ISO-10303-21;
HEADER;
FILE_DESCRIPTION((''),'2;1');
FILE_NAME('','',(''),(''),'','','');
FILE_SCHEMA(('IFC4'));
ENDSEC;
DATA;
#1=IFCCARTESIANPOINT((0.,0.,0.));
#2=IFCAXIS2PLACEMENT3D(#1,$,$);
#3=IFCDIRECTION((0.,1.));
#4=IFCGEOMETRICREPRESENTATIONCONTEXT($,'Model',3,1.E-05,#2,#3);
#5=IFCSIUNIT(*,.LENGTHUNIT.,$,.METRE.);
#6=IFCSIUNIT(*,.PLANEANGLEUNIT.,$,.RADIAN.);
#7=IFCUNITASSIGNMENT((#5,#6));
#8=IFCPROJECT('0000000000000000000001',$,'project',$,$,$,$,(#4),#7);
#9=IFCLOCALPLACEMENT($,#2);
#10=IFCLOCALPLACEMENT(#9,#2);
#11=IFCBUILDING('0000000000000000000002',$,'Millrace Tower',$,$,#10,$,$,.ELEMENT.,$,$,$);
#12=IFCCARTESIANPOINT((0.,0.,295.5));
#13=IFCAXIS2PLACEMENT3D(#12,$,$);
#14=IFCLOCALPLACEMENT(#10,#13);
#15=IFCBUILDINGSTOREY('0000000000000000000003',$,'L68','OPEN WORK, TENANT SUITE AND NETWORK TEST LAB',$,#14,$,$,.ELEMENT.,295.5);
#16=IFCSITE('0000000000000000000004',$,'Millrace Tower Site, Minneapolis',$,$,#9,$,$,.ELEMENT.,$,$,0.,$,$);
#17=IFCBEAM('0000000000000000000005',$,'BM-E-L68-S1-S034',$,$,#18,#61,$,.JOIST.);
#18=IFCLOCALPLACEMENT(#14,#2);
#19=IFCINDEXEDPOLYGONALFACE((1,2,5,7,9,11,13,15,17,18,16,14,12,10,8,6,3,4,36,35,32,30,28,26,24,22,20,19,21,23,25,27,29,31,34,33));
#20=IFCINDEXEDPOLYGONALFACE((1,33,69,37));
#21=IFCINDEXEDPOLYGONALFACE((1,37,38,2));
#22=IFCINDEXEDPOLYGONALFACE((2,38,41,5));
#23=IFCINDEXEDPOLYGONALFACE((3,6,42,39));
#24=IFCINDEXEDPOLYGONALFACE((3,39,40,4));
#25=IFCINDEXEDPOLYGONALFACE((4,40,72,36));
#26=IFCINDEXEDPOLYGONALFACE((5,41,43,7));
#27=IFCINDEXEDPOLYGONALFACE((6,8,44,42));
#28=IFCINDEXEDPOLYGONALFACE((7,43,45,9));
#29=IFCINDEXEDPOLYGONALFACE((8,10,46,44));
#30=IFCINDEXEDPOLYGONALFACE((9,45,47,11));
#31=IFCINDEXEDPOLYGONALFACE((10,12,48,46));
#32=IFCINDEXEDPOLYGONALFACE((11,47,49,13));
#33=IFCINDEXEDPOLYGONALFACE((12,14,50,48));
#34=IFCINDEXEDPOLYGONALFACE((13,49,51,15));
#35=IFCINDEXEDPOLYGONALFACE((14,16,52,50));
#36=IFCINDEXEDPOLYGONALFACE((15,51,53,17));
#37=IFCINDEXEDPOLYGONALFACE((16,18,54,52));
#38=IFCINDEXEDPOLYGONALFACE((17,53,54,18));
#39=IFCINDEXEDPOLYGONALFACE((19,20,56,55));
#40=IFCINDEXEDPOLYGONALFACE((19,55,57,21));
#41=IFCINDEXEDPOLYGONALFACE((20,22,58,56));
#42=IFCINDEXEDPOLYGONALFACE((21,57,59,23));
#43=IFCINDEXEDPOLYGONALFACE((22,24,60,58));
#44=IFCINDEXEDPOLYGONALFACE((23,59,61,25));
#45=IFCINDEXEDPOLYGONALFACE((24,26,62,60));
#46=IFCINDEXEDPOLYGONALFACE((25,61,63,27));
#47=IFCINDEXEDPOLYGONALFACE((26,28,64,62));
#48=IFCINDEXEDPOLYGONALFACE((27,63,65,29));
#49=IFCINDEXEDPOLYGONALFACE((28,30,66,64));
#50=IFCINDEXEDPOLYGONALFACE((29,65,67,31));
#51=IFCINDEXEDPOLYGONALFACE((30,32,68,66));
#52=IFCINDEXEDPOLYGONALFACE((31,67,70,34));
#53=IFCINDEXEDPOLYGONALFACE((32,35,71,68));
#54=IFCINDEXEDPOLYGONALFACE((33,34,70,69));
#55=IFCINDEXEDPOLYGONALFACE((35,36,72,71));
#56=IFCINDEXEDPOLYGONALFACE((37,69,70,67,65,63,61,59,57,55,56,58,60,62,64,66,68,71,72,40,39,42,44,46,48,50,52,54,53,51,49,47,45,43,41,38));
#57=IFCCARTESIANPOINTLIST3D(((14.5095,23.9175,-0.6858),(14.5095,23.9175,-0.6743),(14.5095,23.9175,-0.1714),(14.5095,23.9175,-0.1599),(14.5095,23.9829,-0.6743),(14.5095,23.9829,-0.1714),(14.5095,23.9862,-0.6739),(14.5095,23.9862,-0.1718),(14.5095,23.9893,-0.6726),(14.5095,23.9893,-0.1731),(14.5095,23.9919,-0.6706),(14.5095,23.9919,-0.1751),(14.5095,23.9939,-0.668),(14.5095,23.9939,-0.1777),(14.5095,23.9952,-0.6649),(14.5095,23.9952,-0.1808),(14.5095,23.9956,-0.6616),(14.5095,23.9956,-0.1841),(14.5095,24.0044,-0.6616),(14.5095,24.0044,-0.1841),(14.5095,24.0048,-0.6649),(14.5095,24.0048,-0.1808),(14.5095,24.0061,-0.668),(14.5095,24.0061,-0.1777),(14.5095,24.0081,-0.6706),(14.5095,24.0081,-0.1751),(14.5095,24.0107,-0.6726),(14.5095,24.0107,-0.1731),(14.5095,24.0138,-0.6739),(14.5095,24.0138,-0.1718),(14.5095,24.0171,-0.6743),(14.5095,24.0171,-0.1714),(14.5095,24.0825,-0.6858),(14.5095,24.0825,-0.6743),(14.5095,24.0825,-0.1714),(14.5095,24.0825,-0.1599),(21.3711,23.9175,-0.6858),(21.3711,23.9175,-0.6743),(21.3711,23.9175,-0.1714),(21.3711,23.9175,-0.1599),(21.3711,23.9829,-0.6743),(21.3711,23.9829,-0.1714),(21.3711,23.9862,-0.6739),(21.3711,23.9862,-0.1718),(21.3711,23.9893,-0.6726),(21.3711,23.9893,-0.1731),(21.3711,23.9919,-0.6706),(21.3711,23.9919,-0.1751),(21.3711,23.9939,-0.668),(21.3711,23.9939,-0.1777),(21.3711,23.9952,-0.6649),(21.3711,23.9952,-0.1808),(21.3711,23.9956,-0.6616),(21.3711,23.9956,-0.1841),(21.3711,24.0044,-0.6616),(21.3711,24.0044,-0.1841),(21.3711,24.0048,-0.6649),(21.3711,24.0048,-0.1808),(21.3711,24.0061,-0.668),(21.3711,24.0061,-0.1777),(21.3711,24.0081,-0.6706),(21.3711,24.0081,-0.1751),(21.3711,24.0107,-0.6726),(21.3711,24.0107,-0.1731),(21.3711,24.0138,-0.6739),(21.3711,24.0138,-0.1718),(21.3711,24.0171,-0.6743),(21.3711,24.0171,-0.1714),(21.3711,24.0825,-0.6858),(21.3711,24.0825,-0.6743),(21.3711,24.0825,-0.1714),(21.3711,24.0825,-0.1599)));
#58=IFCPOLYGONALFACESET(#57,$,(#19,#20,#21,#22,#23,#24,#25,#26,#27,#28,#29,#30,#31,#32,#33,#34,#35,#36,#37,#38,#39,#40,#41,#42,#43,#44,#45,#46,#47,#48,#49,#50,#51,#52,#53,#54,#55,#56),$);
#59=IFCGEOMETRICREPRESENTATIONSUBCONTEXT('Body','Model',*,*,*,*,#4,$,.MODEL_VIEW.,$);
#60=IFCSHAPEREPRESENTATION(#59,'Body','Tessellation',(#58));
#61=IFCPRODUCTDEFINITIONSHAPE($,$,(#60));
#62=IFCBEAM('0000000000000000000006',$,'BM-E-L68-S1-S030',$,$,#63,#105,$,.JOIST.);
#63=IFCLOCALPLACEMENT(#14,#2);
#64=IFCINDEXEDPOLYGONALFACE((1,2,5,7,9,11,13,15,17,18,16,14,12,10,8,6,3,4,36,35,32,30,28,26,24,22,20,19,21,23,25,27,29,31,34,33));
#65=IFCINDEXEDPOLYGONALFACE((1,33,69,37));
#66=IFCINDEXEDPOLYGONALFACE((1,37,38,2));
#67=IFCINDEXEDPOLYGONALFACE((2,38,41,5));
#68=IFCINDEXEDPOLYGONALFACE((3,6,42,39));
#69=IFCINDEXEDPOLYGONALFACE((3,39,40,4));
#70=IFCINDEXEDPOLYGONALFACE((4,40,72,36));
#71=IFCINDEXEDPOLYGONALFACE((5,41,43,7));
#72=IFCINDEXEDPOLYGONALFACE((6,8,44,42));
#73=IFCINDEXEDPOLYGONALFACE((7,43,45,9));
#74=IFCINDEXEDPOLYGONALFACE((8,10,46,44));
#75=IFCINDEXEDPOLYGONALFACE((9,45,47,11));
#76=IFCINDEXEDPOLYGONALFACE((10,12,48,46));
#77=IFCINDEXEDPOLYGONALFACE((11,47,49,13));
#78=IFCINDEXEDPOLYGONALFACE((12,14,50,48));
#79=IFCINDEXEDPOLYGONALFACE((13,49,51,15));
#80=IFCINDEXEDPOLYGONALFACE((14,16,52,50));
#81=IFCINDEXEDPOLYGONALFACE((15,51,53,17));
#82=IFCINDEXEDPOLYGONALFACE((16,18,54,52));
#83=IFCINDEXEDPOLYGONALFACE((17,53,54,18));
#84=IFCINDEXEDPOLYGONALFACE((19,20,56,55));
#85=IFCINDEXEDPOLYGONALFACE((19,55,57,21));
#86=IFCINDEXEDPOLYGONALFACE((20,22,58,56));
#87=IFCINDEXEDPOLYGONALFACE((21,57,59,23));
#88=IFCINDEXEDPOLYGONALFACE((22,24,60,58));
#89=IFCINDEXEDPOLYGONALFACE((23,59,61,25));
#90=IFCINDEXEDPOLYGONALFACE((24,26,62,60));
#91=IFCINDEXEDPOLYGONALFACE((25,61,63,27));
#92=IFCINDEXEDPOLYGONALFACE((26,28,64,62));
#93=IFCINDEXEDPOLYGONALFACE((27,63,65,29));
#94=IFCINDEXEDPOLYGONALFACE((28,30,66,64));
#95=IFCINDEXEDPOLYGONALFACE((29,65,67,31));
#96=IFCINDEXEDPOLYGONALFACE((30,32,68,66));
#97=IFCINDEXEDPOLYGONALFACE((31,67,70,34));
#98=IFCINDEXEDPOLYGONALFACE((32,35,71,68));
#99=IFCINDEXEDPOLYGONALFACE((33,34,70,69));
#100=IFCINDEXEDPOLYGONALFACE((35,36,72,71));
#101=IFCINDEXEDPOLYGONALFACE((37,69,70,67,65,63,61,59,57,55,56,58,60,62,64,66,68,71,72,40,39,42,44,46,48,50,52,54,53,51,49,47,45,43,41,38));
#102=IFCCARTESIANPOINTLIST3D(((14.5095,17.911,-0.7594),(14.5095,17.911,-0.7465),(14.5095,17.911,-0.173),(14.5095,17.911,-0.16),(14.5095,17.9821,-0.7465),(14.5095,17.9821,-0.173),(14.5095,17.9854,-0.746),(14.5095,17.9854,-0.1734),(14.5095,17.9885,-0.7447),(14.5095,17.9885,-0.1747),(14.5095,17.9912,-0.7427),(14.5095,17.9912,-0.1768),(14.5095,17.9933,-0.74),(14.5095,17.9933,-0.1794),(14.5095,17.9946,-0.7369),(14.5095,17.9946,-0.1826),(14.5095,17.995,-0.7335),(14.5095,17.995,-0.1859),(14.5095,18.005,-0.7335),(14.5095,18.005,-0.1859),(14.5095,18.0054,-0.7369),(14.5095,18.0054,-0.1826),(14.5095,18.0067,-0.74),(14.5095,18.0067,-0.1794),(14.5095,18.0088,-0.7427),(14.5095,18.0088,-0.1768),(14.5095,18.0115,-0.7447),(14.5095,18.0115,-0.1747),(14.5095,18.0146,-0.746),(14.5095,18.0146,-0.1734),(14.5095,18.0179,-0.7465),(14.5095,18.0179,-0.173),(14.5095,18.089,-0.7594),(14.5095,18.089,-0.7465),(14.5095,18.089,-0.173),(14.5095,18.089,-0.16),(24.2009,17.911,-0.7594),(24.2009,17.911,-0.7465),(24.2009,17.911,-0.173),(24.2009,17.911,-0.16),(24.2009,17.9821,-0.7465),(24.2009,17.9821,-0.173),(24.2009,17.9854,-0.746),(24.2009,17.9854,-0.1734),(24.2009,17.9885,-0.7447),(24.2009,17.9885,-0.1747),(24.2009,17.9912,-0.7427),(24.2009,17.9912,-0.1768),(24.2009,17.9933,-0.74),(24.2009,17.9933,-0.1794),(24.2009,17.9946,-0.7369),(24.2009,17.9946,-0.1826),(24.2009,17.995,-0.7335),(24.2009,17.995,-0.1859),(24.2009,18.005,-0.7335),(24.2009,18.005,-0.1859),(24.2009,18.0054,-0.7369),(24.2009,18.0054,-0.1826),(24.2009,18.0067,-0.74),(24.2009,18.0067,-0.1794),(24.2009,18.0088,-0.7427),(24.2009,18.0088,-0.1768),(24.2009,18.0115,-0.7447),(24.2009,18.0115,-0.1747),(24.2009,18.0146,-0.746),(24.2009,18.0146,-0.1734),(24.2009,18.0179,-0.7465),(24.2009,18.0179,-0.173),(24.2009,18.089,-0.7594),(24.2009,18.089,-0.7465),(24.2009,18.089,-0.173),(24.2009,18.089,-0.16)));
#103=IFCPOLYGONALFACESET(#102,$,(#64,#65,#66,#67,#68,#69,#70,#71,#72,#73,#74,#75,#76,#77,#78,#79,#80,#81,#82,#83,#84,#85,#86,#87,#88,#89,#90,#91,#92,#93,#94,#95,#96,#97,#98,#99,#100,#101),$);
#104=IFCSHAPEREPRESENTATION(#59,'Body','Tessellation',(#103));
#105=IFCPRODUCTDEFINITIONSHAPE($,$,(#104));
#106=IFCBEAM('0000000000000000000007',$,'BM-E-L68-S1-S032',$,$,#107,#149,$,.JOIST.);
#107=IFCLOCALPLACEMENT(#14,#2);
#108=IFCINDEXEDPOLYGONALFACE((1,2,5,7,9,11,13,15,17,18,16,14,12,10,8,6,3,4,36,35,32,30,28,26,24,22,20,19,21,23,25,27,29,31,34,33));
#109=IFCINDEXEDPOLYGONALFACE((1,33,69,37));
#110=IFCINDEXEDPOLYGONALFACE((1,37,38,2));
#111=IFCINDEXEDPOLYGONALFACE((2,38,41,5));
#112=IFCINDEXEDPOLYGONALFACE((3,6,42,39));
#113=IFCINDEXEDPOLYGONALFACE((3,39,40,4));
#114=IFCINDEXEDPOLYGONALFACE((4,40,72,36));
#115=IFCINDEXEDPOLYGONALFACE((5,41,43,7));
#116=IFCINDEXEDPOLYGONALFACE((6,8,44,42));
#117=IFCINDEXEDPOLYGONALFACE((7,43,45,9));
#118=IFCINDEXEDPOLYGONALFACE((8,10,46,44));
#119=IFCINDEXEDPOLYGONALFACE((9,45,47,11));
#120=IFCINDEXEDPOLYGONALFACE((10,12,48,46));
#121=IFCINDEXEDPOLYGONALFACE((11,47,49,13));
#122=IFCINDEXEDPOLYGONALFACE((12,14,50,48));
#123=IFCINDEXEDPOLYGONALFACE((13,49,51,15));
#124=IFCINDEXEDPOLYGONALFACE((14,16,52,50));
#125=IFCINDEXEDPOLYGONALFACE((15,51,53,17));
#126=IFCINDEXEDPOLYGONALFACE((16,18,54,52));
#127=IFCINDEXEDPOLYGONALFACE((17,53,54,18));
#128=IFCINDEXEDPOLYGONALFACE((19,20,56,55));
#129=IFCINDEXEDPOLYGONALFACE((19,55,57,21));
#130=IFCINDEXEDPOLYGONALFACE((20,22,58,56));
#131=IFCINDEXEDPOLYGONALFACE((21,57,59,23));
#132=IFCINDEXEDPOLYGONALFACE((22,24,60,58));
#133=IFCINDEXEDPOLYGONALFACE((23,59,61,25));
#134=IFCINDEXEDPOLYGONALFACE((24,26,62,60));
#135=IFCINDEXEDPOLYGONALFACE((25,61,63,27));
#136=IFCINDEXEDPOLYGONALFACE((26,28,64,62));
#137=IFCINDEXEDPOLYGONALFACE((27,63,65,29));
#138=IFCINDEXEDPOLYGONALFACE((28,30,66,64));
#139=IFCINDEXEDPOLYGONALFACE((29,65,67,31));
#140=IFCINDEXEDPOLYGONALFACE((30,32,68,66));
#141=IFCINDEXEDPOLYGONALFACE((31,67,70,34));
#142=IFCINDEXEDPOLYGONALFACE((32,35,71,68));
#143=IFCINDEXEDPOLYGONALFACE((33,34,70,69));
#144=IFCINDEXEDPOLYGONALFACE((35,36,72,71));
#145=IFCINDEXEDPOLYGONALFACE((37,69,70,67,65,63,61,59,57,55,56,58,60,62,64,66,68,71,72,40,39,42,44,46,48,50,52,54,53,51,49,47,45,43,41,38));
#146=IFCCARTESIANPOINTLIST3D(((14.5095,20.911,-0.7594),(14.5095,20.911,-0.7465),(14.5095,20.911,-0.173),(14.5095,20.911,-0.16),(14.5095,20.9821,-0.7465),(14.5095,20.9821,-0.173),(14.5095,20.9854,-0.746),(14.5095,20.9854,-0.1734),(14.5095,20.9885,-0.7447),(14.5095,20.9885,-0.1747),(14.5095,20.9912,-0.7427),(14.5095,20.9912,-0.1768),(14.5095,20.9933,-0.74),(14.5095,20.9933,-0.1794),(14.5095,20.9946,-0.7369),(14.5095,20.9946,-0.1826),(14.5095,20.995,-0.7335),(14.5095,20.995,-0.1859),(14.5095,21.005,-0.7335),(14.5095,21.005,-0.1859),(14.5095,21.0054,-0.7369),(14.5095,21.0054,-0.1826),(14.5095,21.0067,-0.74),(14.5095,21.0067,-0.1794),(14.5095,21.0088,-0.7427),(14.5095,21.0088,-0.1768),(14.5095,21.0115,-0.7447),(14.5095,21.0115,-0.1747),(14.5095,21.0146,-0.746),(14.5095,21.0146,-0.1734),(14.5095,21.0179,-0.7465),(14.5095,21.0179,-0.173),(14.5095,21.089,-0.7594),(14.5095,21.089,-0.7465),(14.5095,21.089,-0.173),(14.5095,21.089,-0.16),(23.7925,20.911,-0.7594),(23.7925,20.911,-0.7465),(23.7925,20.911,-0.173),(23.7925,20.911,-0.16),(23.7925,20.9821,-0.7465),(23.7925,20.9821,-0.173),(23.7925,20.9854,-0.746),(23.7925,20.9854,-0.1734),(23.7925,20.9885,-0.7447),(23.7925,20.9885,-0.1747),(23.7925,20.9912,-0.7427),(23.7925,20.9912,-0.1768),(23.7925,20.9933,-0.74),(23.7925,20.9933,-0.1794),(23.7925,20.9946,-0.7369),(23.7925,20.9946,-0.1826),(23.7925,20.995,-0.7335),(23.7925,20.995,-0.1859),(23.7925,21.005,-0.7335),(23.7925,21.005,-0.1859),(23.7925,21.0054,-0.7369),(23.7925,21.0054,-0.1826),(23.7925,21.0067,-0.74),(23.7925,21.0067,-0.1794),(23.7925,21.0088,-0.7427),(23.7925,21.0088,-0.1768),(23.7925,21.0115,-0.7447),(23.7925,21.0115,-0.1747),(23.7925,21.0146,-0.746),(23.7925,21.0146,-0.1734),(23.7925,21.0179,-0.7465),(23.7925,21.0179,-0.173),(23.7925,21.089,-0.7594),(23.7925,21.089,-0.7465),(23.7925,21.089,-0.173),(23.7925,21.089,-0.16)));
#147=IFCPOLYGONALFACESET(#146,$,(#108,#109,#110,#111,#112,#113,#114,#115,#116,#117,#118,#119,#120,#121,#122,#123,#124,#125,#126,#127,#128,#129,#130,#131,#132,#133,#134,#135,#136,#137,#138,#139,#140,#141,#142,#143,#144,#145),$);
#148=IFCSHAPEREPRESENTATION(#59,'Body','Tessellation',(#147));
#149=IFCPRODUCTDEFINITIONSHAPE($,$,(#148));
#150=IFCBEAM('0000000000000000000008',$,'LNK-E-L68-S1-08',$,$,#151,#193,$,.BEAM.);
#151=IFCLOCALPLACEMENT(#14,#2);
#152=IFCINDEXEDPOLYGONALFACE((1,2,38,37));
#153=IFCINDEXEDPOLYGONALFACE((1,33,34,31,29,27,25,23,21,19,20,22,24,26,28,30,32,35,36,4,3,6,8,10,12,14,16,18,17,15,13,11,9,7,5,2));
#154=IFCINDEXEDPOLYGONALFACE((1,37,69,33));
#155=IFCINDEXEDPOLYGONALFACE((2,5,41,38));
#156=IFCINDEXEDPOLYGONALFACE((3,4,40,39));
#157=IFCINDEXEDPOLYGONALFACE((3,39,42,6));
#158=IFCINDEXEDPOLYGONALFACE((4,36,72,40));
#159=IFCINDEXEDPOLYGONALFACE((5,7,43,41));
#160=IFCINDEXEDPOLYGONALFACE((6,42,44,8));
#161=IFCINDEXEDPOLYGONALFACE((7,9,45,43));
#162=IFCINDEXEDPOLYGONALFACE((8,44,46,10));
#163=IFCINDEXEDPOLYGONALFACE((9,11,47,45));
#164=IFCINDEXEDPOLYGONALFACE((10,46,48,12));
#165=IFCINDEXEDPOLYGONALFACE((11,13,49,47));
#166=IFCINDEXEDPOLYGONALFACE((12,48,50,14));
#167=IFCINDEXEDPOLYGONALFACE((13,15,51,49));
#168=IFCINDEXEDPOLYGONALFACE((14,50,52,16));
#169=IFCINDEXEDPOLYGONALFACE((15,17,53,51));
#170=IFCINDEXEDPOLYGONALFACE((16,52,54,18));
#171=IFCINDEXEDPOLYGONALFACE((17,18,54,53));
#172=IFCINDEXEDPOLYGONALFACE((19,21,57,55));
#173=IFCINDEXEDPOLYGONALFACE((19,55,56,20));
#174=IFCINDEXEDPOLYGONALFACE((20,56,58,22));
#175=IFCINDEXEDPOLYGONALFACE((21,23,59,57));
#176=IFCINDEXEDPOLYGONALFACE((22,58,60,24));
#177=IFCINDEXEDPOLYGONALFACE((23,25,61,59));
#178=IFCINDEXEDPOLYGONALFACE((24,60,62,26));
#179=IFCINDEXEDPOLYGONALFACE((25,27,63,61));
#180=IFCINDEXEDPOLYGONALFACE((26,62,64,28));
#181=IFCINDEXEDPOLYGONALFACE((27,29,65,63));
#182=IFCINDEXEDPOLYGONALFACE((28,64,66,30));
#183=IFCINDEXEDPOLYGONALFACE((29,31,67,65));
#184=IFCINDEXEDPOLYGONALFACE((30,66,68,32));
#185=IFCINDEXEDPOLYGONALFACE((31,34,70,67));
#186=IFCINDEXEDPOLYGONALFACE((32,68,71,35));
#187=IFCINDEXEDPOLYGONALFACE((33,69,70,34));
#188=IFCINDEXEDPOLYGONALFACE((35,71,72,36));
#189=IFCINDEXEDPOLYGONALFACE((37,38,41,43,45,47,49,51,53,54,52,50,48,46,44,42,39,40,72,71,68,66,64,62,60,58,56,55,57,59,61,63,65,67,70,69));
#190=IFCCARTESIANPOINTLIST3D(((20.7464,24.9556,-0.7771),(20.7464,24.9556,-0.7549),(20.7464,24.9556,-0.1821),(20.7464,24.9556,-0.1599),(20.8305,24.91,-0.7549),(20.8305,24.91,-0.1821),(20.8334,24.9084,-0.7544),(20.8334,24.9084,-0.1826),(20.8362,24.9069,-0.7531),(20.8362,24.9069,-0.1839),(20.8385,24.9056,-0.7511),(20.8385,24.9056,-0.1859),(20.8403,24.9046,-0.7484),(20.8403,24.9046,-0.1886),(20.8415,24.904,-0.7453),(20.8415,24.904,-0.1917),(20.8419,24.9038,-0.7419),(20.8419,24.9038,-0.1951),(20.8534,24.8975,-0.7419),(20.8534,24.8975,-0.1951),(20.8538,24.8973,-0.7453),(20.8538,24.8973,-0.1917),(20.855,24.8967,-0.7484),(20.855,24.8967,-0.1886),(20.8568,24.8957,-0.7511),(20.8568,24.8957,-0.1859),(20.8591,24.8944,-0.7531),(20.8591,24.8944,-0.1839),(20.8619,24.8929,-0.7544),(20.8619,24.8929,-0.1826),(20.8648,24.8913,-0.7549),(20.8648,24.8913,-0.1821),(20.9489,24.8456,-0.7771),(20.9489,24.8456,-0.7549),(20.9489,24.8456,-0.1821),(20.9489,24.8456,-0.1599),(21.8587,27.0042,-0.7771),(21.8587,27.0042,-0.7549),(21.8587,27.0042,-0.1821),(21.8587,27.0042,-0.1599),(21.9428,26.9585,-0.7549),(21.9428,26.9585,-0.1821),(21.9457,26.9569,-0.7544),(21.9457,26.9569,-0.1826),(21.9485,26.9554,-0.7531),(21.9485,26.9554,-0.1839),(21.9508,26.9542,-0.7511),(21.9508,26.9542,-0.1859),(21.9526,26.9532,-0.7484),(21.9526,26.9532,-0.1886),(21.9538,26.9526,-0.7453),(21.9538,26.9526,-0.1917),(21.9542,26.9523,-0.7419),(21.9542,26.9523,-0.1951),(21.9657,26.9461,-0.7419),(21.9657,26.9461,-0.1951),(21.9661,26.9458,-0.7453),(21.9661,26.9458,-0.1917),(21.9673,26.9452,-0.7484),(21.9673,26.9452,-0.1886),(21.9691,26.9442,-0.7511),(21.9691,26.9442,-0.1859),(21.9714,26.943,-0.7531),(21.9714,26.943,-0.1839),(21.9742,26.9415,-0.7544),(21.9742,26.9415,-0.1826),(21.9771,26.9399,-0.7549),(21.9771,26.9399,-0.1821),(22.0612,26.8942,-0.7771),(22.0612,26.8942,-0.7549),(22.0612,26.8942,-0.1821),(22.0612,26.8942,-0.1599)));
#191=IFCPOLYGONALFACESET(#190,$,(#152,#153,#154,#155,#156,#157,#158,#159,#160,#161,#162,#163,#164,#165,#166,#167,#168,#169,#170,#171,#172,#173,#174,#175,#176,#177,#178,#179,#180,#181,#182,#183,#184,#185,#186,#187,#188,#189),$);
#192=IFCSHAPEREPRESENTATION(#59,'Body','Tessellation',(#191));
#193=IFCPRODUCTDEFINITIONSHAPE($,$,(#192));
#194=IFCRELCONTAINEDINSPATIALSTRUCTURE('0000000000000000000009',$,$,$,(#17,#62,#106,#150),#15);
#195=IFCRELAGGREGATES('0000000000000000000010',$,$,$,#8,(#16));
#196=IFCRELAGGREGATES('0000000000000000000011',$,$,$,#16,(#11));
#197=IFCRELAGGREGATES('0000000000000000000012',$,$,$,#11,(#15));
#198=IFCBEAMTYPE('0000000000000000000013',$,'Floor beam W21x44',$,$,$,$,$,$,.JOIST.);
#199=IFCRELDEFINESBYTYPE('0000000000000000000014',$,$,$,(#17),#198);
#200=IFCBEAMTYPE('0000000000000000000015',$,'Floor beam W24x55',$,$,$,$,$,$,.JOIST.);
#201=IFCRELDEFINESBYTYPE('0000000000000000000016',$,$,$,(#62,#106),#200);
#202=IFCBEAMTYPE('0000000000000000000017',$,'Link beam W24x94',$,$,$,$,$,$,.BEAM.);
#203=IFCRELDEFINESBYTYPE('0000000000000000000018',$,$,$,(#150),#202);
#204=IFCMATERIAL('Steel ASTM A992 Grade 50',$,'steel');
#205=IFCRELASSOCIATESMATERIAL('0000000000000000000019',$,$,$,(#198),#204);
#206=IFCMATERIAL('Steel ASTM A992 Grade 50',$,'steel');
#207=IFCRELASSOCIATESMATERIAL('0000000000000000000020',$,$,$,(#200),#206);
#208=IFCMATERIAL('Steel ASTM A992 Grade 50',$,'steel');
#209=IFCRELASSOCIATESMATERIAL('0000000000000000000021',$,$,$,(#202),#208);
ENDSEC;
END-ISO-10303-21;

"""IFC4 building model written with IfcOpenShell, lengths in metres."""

from ifc_helpers import new_model, si_unit, direction, frame, origin, origin_2d, place, context, subcontext, project, spatial, i_section, extrude, material, material_profile, profile_set, type_object, element, save


model = new_model("IFC4")

# Units and contexts
model_context = context("Model", 3, precision=1e-05, world=origin(), true_north=direction((0.0, 1.0)))
body_context = subcontext(model_context, "Body", "Model", "MODEL_VIEW")
ifc_project = project(units=[si_unit("LENGTHUNIT", "METRE"), si_unit("PLANEANGLEUNIT", "RADIAN")], contexts=[model_context])

# Site, building, storey
site_placement = place(None, origin())
site = spatial("IfcSite", under=ifc_project, at=site_placement, Name="Millrace Tower Site, Minneapolis", CompositionType="ELEMENT", RefElevation=0.0)
building_placement = place(site_placement, origin())
building = spatial("IfcBuilding", under=site, at=building_placement, Name="Millrace Tower", CompositionType="ELEMENT")
storey_placement = place(building_placement, frame((0.0, 0.0, 295.5)))
storey = spatial("IfcBuildingStorey", under=building, at=storey_placement, Name="L68", Description="OPEN WORK, TENANT SUITE AND NETWORK TEST LAB", CompositionType="ELEMENT", Elevation=295.5)

# Beams
ifc_material_1 = material(Name="Steel ASTM A992 Grade 50", Category="steel")
ifc_material_profile_1 = material_profile(ifc_material_1, i_section(OverallWidth=0.165, OverallDepth=0.5259, WebThickness=0.0088, FlangeThickness=0.0115, FilletRadius=0.0127, at=origin_2d()))
ifc_profile_set_1 = profile_set([ifc_material_profile_1], Name="Steel ASTM A992 Grade 50")
beam_type_1 = type_object("IfcBeamType", Name="Floor beam W21x44", PredefinedType="JOIST", material=ifc_profile_set_1)
beam_1_placement = place(storey_placement, frame((14.5095, 24.0, -0.4229), z_axis=(1.0, 0.0, 0.0), x_axis=(0.0, 1.0, 0.0)))
element("IfcBeam", 1, at=beam_1_placement, inside=storey, type_object=beam_type_1, Name="BM-E-L68-S1-S034", PredefinedType="JOIST", context=body_context, shape_type="SweptSolid", body=[
    extrude(i_section(OverallWidth=0.165, OverallDepth=0.5259, WebThickness=0.0088, FlangeThickness=0.0115, FilletRadius=0.0127, at=origin_2d()), origin(), (0.0, 0.0, 1.0), 6.8616),
])
ifc_material_2 = material(Name="Steel ASTM A992 Grade 50", Category="steel")
ifc_material_profile_2 = material_profile(ifc_material_2, i_section(OverallWidth=0.178, OverallDepth=0.5994, WebThickness=0.01, FlangeThickness=0.0129, FilletRadius=0.0129, at=origin_2d()))
ifc_profile_set_2 = profile_set([ifc_material_profile_2], Name="Steel ASTM A992 Grade 50")
beam_type_2 = type_object("IfcBeamType", Name="Floor beam W24x55", PredefinedType="JOIST", material=ifc_profile_set_2)
beam_2_placement = place(storey_placement, frame((14.5095, 18.0, -0.4597), z_axis=(1.0, 0.0, 0.0), x_axis=(0.0, 1.0, 0.0)))
element("IfcBeam", 2, at=beam_2_placement, inside=storey, type_object=beam_type_2, Name="BM-E-L68-S1-S030", PredefinedType="JOIST", context=body_context, shape_type="SweptSolid", body=[
    extrude(i_section(OverallWidth=0.178, OverallDepth=0.5994, WebThickness=0.01, FlangeThickness=0.0129, FilletRadius=0.0129, at=origin_2d()), origin(), (0.0, 0.0, 1.0), 9.6914),
])
beam_3_placement = place(storey_placement, frame((14.5095, 21.0, -0.4597), z_axis=(1.0, 0.0, 0.0), x_axis=(0.0, 1.0, 0.0)))
element("IfcBeam", 3, at=beam_3_placement, inside=storey, type_object=beam_type_2, Name="BM-E-L68-S1-S032", PredefinedType="JOIST", context=body_context, shape_type="SweptSolid", body=[
    extrude(i_section(OverallWidth=0.178, OverallDepth=0.5994, WebThickness=0.01, FlangeThickness=0.0129, FilletRadius=0.0129, at=origin_2d()), origin(), (0.0, 0.0, 1.0), 9.283),
])
ifc_material_3 = material(Name="Steel ASTM A992 Grade 50", Category="steel")
ifc_material_profile_3 = material_profile(ifc_material_3, i_section(OverallWidth=0.2305, OverallDepth=0.6172, WebThickness=0.0132, FlangeThickness=0.0222, FilletRadius=0.0129, at=origin_2d()))
ifc_profile_set_3 = profile_set([ifc_material_profile_3], Name="Steel ASTM A992 Grade 50")
beam_type_3 = type_object("IfcBeamType", Name="Link beam W24x94", PredefinedType="BEAM", material=ifc_profile_set_3)
for number, where, z_axis, x_axis, name in (
    (4, (20.8477, 24.9006, -0.4685), (0.477164, 0.878815, 0.0), (-0.878815, 0.477164, 0.0), "LNK-E-L68-S1-08"),
):
    element("IfcBeam", number, at=place(storey_placement, frame(where, z_axis=z_axis, x_axis=x_axis)), inside=storey, type_object=beam_type_3, Name=name, PredefinedType="BEAM", context=body_context, shape_type="SweptSolid", body=[
        extrude(i_section(OverallWidth=0.2305, OverallDepth=0.6172, WebThickness=0.0132, FlangeThickness=0.0222, FilletRadius=0.0129, at=origin_2d()), origin(), (0.0, 0.0, 1.0), 2.3311),
    ])

save(model, "model.ifc")
